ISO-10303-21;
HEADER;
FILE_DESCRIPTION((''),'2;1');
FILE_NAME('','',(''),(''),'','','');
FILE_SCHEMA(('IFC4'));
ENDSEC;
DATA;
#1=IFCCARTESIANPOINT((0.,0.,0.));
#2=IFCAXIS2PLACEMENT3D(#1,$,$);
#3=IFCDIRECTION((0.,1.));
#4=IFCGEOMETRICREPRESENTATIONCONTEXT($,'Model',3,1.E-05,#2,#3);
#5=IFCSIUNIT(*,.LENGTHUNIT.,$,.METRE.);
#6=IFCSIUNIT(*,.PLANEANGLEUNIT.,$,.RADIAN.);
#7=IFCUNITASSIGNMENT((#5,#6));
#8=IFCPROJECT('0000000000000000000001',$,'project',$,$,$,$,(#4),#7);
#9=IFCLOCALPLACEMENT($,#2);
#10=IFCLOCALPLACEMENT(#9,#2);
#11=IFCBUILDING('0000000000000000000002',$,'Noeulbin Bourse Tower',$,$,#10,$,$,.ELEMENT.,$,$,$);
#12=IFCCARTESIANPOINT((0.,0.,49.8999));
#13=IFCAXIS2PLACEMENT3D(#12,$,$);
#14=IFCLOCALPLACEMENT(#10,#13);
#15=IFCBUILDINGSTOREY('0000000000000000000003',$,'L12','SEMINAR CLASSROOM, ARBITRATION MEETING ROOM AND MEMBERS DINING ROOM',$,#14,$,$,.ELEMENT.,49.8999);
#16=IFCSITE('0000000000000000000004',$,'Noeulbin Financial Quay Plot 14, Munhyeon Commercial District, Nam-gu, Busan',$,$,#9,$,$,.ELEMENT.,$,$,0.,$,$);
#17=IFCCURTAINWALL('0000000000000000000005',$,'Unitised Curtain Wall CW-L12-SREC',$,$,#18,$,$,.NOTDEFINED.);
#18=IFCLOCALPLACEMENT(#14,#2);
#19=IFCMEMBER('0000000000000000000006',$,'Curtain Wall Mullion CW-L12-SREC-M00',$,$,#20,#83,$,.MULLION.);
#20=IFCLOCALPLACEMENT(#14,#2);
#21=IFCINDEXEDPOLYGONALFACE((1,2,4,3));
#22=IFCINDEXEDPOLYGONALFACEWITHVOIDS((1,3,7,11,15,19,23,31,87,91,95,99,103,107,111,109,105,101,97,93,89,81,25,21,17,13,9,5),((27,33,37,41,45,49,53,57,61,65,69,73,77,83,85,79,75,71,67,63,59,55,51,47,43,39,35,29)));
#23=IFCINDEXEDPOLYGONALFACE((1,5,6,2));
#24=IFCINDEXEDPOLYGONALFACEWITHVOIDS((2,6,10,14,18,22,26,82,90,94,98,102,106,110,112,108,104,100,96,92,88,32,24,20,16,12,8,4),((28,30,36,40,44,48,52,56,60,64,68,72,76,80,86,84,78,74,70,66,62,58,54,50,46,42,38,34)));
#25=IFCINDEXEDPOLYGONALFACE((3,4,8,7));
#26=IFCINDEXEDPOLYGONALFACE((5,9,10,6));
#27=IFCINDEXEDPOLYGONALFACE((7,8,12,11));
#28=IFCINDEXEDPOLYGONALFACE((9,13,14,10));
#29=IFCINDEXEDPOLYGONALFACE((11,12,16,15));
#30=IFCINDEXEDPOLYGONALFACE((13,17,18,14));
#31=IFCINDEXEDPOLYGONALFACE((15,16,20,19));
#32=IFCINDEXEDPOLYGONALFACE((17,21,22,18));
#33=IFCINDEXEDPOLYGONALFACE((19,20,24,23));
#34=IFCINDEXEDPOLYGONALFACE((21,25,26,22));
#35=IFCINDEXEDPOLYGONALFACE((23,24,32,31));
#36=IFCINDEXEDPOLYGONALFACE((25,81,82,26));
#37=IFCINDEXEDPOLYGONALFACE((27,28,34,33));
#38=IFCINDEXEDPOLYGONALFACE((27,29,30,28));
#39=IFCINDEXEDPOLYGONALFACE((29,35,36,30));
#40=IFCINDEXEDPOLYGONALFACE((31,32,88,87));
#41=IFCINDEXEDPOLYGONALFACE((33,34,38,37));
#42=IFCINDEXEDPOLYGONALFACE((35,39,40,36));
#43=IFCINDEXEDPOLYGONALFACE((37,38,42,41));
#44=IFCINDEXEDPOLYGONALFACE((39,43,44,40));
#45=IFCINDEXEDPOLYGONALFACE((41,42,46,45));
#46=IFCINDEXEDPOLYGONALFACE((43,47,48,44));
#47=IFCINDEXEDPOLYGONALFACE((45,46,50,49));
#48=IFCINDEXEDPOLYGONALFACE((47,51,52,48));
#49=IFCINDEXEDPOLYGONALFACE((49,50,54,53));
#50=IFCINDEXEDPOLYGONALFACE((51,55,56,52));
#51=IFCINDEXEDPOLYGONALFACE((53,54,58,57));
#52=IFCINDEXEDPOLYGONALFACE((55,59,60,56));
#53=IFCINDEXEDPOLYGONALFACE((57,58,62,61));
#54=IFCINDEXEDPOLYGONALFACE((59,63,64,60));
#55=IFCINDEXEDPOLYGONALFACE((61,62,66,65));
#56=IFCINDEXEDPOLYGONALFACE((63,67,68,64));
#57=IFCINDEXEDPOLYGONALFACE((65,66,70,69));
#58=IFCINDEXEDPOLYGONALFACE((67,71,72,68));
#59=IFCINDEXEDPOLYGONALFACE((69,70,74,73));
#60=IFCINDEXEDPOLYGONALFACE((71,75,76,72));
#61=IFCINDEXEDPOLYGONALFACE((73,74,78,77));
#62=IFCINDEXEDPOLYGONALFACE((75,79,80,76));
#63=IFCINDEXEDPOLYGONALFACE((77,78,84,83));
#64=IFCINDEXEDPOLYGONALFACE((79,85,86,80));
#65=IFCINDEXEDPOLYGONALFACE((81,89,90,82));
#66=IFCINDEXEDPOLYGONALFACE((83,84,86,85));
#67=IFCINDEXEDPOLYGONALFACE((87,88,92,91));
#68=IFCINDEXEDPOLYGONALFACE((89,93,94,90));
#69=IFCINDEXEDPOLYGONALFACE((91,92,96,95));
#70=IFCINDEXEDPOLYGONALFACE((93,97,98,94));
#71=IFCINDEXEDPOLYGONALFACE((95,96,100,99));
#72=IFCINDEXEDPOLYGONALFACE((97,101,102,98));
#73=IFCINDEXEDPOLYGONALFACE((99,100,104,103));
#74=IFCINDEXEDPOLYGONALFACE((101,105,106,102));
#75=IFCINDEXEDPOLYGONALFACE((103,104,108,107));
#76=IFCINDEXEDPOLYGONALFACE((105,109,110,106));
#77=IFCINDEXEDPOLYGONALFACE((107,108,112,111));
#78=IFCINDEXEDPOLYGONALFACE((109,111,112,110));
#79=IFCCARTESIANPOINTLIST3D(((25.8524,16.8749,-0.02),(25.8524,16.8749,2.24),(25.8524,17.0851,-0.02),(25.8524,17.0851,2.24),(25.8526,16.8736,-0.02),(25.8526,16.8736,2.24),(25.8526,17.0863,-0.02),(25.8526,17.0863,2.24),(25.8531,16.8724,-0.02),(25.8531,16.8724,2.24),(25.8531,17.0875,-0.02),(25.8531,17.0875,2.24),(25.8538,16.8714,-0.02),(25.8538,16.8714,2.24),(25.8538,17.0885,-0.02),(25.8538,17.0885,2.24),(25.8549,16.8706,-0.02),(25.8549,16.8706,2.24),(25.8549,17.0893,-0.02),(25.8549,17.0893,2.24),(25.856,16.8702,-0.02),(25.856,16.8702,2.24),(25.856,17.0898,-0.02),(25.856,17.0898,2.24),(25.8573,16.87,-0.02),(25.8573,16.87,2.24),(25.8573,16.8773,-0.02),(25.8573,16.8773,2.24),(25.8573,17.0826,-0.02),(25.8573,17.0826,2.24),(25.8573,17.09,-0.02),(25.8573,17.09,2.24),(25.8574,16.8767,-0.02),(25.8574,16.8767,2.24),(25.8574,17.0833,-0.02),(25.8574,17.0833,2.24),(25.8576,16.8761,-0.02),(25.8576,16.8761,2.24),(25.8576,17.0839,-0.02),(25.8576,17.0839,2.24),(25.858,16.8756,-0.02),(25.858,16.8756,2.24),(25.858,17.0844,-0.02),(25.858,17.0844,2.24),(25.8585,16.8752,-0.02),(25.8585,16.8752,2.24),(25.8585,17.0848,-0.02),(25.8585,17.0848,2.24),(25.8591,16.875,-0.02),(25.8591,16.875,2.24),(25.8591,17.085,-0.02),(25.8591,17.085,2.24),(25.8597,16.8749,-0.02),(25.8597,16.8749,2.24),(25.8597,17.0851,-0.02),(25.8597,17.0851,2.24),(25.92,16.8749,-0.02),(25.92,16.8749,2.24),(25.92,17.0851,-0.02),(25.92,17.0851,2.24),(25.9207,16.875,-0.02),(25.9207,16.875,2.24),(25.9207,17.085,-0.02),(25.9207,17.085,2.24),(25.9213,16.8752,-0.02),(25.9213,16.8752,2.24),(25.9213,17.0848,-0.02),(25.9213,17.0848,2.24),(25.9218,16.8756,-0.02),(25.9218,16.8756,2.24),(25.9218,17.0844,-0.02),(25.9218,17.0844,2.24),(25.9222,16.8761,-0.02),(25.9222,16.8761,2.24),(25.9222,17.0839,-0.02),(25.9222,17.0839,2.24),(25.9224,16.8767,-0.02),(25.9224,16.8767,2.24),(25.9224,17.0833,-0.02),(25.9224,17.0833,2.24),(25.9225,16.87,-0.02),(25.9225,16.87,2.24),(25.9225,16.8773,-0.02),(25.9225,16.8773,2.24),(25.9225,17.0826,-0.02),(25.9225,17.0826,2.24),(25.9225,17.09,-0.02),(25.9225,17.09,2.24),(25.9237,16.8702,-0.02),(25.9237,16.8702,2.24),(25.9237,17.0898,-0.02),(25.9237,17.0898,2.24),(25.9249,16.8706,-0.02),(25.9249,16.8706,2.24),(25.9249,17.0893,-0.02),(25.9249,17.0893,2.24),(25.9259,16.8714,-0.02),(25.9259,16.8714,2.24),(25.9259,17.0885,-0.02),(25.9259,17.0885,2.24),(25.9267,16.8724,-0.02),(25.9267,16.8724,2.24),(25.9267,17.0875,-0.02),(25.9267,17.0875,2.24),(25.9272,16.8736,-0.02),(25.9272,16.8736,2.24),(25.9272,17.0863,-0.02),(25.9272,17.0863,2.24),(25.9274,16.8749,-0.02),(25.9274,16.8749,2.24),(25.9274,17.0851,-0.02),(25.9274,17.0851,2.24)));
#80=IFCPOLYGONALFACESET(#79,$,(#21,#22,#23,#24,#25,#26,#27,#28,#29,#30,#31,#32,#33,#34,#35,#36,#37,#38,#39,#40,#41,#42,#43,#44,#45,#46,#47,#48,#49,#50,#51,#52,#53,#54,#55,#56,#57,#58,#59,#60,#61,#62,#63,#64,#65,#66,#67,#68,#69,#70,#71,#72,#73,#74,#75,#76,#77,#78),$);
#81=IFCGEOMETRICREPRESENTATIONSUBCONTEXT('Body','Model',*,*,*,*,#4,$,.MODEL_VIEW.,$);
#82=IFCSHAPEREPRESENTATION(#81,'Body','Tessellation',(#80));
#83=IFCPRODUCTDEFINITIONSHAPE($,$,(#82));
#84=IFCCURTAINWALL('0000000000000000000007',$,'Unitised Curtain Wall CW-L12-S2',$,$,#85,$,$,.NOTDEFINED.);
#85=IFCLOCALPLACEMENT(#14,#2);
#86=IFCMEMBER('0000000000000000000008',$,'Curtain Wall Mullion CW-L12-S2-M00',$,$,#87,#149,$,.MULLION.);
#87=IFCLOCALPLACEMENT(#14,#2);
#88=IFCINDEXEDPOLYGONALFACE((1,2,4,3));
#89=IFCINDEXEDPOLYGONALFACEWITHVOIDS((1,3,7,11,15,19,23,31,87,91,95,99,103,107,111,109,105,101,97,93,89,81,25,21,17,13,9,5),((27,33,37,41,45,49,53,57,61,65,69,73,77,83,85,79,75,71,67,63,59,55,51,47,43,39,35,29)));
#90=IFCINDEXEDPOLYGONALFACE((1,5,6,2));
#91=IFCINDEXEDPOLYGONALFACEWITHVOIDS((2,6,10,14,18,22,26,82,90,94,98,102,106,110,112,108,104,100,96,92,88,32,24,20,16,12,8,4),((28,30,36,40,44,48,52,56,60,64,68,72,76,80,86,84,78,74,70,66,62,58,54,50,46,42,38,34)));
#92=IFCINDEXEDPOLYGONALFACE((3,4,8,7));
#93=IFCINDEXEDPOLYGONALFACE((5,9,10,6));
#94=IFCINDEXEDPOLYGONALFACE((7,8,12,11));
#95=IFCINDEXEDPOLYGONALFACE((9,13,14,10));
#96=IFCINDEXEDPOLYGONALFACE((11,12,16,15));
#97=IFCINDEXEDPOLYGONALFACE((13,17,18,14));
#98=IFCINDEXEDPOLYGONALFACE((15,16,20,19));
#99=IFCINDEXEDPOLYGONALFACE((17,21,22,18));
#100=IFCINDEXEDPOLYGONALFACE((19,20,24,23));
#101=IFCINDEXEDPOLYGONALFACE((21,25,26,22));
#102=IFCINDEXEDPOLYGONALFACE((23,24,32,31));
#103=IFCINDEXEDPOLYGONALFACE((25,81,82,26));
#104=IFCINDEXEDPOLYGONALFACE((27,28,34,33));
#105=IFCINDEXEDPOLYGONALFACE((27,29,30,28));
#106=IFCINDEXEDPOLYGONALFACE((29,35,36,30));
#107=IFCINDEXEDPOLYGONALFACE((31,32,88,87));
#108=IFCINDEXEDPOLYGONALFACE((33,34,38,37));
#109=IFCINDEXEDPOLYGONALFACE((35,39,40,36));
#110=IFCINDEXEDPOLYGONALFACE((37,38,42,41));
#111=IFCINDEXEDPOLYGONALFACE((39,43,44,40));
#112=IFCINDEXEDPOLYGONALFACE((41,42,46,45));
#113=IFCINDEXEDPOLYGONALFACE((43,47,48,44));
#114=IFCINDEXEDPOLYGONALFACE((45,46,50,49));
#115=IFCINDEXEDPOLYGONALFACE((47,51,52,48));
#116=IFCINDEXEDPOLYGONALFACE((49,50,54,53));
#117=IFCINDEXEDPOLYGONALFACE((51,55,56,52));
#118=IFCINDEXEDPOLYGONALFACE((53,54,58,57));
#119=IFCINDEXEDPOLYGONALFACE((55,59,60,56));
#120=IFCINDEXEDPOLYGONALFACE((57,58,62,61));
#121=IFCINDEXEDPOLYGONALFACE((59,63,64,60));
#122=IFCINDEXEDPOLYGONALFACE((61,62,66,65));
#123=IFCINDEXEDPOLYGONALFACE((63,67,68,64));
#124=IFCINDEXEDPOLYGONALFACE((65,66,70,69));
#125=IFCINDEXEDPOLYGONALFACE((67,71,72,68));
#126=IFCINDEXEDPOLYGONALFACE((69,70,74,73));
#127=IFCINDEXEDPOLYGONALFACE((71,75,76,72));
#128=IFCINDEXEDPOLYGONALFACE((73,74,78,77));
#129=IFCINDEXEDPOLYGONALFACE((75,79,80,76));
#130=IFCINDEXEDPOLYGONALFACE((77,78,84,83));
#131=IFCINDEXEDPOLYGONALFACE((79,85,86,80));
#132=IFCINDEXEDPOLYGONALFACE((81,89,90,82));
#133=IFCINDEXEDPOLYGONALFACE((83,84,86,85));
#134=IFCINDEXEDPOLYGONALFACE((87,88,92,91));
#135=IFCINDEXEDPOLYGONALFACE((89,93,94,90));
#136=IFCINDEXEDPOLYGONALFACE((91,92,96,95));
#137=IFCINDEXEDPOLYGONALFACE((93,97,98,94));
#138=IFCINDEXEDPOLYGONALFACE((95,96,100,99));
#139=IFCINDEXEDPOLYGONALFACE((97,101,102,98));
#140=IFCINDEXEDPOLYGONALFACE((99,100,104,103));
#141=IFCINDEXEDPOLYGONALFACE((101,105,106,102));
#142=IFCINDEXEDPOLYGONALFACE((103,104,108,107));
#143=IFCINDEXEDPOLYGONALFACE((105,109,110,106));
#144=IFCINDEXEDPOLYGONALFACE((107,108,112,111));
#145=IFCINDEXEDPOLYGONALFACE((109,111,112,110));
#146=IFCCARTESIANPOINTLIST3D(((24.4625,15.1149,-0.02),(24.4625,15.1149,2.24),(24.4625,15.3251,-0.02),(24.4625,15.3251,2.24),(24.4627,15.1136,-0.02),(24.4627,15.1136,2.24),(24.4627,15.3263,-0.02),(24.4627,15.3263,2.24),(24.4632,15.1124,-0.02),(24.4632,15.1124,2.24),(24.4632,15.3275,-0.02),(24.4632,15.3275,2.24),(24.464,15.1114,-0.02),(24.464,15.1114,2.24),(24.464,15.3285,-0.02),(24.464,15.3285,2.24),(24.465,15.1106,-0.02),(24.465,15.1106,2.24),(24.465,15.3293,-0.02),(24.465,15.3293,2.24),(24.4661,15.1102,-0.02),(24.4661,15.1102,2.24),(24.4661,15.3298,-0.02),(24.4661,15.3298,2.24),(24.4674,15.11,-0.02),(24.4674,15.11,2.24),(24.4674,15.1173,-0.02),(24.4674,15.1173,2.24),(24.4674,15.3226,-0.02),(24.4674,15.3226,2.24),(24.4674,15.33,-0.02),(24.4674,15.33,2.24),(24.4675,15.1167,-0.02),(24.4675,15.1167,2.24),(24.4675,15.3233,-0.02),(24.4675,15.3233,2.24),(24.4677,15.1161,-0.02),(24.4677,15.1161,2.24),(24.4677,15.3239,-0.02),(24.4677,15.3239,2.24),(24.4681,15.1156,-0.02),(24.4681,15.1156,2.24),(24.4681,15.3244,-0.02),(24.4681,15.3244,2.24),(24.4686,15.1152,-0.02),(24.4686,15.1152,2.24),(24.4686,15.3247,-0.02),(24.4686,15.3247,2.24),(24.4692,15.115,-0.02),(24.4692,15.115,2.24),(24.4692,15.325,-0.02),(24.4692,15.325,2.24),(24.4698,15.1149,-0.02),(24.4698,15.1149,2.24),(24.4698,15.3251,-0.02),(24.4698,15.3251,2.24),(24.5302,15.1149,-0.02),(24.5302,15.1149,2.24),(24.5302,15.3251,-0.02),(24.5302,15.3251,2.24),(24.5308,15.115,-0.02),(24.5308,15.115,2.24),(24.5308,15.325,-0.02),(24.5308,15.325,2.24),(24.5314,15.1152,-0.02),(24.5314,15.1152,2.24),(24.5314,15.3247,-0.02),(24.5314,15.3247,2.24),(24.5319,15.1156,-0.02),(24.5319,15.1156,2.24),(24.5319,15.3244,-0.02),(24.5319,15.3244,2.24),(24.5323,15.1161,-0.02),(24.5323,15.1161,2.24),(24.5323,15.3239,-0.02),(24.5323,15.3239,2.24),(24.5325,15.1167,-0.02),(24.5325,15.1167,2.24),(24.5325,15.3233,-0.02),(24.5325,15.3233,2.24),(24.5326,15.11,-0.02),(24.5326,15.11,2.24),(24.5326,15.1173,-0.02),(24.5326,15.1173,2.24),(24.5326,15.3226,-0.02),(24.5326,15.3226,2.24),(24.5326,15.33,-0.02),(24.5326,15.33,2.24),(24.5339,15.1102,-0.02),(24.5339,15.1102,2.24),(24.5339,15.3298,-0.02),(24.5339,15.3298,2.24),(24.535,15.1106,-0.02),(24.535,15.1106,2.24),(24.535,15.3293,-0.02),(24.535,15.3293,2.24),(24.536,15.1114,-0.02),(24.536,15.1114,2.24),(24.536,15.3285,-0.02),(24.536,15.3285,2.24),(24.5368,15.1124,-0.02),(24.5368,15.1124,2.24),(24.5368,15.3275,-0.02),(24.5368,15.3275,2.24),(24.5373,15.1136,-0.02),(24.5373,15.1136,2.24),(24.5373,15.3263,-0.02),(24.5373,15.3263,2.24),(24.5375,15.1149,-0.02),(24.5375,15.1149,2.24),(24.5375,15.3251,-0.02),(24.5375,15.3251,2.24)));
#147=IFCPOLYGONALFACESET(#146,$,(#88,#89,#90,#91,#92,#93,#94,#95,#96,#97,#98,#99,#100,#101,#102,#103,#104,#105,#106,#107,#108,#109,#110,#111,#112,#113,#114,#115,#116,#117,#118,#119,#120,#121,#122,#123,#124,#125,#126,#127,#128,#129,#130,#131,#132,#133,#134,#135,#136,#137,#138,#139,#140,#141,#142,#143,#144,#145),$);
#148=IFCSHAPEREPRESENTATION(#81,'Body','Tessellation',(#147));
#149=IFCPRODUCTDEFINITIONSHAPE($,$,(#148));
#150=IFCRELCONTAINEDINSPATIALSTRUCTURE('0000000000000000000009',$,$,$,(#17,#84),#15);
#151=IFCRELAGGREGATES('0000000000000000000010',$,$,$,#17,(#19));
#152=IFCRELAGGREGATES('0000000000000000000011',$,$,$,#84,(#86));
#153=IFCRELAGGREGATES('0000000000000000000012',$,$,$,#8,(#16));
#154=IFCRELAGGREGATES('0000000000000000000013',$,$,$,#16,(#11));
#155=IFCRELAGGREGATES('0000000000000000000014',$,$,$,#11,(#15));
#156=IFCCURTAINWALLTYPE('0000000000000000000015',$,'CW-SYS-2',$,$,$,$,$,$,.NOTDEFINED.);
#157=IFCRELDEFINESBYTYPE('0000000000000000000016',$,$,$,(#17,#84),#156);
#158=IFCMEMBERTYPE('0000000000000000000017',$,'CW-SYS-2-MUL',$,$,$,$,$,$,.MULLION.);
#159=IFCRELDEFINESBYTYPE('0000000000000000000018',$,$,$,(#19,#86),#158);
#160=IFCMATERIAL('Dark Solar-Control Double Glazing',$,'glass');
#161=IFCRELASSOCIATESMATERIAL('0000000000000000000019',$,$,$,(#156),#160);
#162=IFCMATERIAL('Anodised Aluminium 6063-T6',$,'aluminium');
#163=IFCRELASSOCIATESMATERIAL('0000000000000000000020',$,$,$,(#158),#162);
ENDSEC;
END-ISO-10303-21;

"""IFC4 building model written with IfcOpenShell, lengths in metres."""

from ifc_helpers import new_model, si_unit, direction, frame, origin, origin_2d, place, context, subcontext, project, spatial, hollow_rectangle, extrude, material, material_profile, profile_set, type_object, element, aggregate, save


model = new_model("IFC4")

# Units and contexts
model_context = context("Model", 3, precision=1e-05, world=origin(), true_north=direction((0.0, 1.0)))
body_context = subcontext(model_context, "Body", "Model", "MODEL_VIEW")
ifc_project = project(units=[si_unit("LENGTHUNIT", "METRE"), si_unit("PLANEANGLEUNIT", "RADIAN")], contexts=[model_context])

# Site, building, storey
site_placement = place(None, origin())
site = spatial("IfcSite", under=ifc_project, at=site_placement, Name="Noeulbin Financial Quay Plot 14, Munhyeon Commercial District, Nam-gu, Busan", CompositionType="ELEMENT", RefElevation=0.0)
building_placement = place(site_placement, origin())
building = spatial("IfcBuilding", under=site, at=building_placement, Name="Noeulbin Bourse Tower", CompositionType="ELEMENT")
storey_placement = place(building_placement, frame((0.0, 0.0, 49.8999)))
storey = spatial("IfcBuildingStorey", under=building, at=storey_placement, Name="L12", Description="SEMINAR CLASSROOM, ARBITRATION MEETING ROOM AND MEMBERS DINING ROOM", CompositionType="ELEMENT", Elevation=49.8999)

# Curtain wall, member
ifc_material_1 = material(Name="Dark Solar-Control Double Glazing", Category="glass")
curtain_wall_type = type_object("IfcCurtainWallType", Name="CW-SYS-2", PredefinedType="NOTDEFINED", material=ifc_material_1)
curtain_wall_1_placement = place(storey_placement, origin())
curtain_wall_1 = element("IfcCurtainWall", 1, at=curtain_wall_1_placement, inside=storey, type_object=curtain_wall_type, Name="Unitised Curtain Wall CW-L12-SREC", PredefinedType="NOTDEFINED")
ifc_material_2 = material(Name="Anodised Aluminium 6063-T6", Category="aluminium")
ifc_material_profile_1 = material_profile(ifc_material_2, hollow_rectangle(XDim=0.075, YDim=0.22, WallThickness=0.0049, InnerFilletRadius=0.0024, OuterFilletRadius=0.0049, at=origin_2d()), Name="ALU-MULL-75x220x5", Category="LoadBearing")
ifc_profile_set_1 = profile_set([ifc_material_profile_1], Name="Anodised Aluminium 6063-T6")
member_type_1 = type_object("IfcMemberType", Name="CW-SYS-2-MUL", PredefinedType="MULLION", material=ifc_profile_set_1)
member_1_placement = place(storey_placement, frame((25.8899, 16.98, -0.02), z_axis=(0.0, 0.0, 1.0), x_axis=(1.0, 0.0, 0.0)))
member_1 = element("IfcMember", 2, at=member_1_placement, type_object=member_type_1, Name="Curtain Wall Mullion CW-L12-SREC-M00", PredefinedType="MULLION", context=body_context, shape_type="SweptSolid", body=[
    extrude(hollow_rectangle(XDim=0.075, YDim=0.22, WallThickness=0.0049, InnerFilletRadius=0.0024, OuterFilletRadius=0.0049, at=origin_2d()), origin(), (0.0, 0.0, 1.0), 2.26),
])

# Curtain wall, member
curtain_wall_2_placement = place(storey_placement, origin())
curtain_wall_2 = element("IfcCurtainWall", 3, at=curtain_wall_2_placement, inside=storey, type_object=curtain_wall_type, Name="Unitised Curtain Wall CW-L12-S2", PredefinedType="NOTDEFINED")
member_2_placement = place(storey_placement, frame((24.5, 15.22, -0.02), z_axis=(0.0, 0.0, 1.0), x_axis=(1.0, 0.0, 0.0)))
member_2 = element("IfcMember", 4, at=member_2_placement, type_object=member_type_1, Name="Curtain Wall Mullion CW-L12-S2-M00", PredefinedType="MULLION", context=body_context, shape_type="SweptSolid", body=[
    extrude(hollow_rectangle(XDim=0.075, YDim=0.22, WallThickness=0.0049, InnerFilletRadius=0.0024, OuterFilletRadius=0.0049, at=origin_2d()), origin(), (0.0, 0.0, 1.0), 2.26),
])

aggregate(curtain_wall_1, [member_1])
aggregate(curtain_wall_2, [member_2])

save(model, "model.ifc")
